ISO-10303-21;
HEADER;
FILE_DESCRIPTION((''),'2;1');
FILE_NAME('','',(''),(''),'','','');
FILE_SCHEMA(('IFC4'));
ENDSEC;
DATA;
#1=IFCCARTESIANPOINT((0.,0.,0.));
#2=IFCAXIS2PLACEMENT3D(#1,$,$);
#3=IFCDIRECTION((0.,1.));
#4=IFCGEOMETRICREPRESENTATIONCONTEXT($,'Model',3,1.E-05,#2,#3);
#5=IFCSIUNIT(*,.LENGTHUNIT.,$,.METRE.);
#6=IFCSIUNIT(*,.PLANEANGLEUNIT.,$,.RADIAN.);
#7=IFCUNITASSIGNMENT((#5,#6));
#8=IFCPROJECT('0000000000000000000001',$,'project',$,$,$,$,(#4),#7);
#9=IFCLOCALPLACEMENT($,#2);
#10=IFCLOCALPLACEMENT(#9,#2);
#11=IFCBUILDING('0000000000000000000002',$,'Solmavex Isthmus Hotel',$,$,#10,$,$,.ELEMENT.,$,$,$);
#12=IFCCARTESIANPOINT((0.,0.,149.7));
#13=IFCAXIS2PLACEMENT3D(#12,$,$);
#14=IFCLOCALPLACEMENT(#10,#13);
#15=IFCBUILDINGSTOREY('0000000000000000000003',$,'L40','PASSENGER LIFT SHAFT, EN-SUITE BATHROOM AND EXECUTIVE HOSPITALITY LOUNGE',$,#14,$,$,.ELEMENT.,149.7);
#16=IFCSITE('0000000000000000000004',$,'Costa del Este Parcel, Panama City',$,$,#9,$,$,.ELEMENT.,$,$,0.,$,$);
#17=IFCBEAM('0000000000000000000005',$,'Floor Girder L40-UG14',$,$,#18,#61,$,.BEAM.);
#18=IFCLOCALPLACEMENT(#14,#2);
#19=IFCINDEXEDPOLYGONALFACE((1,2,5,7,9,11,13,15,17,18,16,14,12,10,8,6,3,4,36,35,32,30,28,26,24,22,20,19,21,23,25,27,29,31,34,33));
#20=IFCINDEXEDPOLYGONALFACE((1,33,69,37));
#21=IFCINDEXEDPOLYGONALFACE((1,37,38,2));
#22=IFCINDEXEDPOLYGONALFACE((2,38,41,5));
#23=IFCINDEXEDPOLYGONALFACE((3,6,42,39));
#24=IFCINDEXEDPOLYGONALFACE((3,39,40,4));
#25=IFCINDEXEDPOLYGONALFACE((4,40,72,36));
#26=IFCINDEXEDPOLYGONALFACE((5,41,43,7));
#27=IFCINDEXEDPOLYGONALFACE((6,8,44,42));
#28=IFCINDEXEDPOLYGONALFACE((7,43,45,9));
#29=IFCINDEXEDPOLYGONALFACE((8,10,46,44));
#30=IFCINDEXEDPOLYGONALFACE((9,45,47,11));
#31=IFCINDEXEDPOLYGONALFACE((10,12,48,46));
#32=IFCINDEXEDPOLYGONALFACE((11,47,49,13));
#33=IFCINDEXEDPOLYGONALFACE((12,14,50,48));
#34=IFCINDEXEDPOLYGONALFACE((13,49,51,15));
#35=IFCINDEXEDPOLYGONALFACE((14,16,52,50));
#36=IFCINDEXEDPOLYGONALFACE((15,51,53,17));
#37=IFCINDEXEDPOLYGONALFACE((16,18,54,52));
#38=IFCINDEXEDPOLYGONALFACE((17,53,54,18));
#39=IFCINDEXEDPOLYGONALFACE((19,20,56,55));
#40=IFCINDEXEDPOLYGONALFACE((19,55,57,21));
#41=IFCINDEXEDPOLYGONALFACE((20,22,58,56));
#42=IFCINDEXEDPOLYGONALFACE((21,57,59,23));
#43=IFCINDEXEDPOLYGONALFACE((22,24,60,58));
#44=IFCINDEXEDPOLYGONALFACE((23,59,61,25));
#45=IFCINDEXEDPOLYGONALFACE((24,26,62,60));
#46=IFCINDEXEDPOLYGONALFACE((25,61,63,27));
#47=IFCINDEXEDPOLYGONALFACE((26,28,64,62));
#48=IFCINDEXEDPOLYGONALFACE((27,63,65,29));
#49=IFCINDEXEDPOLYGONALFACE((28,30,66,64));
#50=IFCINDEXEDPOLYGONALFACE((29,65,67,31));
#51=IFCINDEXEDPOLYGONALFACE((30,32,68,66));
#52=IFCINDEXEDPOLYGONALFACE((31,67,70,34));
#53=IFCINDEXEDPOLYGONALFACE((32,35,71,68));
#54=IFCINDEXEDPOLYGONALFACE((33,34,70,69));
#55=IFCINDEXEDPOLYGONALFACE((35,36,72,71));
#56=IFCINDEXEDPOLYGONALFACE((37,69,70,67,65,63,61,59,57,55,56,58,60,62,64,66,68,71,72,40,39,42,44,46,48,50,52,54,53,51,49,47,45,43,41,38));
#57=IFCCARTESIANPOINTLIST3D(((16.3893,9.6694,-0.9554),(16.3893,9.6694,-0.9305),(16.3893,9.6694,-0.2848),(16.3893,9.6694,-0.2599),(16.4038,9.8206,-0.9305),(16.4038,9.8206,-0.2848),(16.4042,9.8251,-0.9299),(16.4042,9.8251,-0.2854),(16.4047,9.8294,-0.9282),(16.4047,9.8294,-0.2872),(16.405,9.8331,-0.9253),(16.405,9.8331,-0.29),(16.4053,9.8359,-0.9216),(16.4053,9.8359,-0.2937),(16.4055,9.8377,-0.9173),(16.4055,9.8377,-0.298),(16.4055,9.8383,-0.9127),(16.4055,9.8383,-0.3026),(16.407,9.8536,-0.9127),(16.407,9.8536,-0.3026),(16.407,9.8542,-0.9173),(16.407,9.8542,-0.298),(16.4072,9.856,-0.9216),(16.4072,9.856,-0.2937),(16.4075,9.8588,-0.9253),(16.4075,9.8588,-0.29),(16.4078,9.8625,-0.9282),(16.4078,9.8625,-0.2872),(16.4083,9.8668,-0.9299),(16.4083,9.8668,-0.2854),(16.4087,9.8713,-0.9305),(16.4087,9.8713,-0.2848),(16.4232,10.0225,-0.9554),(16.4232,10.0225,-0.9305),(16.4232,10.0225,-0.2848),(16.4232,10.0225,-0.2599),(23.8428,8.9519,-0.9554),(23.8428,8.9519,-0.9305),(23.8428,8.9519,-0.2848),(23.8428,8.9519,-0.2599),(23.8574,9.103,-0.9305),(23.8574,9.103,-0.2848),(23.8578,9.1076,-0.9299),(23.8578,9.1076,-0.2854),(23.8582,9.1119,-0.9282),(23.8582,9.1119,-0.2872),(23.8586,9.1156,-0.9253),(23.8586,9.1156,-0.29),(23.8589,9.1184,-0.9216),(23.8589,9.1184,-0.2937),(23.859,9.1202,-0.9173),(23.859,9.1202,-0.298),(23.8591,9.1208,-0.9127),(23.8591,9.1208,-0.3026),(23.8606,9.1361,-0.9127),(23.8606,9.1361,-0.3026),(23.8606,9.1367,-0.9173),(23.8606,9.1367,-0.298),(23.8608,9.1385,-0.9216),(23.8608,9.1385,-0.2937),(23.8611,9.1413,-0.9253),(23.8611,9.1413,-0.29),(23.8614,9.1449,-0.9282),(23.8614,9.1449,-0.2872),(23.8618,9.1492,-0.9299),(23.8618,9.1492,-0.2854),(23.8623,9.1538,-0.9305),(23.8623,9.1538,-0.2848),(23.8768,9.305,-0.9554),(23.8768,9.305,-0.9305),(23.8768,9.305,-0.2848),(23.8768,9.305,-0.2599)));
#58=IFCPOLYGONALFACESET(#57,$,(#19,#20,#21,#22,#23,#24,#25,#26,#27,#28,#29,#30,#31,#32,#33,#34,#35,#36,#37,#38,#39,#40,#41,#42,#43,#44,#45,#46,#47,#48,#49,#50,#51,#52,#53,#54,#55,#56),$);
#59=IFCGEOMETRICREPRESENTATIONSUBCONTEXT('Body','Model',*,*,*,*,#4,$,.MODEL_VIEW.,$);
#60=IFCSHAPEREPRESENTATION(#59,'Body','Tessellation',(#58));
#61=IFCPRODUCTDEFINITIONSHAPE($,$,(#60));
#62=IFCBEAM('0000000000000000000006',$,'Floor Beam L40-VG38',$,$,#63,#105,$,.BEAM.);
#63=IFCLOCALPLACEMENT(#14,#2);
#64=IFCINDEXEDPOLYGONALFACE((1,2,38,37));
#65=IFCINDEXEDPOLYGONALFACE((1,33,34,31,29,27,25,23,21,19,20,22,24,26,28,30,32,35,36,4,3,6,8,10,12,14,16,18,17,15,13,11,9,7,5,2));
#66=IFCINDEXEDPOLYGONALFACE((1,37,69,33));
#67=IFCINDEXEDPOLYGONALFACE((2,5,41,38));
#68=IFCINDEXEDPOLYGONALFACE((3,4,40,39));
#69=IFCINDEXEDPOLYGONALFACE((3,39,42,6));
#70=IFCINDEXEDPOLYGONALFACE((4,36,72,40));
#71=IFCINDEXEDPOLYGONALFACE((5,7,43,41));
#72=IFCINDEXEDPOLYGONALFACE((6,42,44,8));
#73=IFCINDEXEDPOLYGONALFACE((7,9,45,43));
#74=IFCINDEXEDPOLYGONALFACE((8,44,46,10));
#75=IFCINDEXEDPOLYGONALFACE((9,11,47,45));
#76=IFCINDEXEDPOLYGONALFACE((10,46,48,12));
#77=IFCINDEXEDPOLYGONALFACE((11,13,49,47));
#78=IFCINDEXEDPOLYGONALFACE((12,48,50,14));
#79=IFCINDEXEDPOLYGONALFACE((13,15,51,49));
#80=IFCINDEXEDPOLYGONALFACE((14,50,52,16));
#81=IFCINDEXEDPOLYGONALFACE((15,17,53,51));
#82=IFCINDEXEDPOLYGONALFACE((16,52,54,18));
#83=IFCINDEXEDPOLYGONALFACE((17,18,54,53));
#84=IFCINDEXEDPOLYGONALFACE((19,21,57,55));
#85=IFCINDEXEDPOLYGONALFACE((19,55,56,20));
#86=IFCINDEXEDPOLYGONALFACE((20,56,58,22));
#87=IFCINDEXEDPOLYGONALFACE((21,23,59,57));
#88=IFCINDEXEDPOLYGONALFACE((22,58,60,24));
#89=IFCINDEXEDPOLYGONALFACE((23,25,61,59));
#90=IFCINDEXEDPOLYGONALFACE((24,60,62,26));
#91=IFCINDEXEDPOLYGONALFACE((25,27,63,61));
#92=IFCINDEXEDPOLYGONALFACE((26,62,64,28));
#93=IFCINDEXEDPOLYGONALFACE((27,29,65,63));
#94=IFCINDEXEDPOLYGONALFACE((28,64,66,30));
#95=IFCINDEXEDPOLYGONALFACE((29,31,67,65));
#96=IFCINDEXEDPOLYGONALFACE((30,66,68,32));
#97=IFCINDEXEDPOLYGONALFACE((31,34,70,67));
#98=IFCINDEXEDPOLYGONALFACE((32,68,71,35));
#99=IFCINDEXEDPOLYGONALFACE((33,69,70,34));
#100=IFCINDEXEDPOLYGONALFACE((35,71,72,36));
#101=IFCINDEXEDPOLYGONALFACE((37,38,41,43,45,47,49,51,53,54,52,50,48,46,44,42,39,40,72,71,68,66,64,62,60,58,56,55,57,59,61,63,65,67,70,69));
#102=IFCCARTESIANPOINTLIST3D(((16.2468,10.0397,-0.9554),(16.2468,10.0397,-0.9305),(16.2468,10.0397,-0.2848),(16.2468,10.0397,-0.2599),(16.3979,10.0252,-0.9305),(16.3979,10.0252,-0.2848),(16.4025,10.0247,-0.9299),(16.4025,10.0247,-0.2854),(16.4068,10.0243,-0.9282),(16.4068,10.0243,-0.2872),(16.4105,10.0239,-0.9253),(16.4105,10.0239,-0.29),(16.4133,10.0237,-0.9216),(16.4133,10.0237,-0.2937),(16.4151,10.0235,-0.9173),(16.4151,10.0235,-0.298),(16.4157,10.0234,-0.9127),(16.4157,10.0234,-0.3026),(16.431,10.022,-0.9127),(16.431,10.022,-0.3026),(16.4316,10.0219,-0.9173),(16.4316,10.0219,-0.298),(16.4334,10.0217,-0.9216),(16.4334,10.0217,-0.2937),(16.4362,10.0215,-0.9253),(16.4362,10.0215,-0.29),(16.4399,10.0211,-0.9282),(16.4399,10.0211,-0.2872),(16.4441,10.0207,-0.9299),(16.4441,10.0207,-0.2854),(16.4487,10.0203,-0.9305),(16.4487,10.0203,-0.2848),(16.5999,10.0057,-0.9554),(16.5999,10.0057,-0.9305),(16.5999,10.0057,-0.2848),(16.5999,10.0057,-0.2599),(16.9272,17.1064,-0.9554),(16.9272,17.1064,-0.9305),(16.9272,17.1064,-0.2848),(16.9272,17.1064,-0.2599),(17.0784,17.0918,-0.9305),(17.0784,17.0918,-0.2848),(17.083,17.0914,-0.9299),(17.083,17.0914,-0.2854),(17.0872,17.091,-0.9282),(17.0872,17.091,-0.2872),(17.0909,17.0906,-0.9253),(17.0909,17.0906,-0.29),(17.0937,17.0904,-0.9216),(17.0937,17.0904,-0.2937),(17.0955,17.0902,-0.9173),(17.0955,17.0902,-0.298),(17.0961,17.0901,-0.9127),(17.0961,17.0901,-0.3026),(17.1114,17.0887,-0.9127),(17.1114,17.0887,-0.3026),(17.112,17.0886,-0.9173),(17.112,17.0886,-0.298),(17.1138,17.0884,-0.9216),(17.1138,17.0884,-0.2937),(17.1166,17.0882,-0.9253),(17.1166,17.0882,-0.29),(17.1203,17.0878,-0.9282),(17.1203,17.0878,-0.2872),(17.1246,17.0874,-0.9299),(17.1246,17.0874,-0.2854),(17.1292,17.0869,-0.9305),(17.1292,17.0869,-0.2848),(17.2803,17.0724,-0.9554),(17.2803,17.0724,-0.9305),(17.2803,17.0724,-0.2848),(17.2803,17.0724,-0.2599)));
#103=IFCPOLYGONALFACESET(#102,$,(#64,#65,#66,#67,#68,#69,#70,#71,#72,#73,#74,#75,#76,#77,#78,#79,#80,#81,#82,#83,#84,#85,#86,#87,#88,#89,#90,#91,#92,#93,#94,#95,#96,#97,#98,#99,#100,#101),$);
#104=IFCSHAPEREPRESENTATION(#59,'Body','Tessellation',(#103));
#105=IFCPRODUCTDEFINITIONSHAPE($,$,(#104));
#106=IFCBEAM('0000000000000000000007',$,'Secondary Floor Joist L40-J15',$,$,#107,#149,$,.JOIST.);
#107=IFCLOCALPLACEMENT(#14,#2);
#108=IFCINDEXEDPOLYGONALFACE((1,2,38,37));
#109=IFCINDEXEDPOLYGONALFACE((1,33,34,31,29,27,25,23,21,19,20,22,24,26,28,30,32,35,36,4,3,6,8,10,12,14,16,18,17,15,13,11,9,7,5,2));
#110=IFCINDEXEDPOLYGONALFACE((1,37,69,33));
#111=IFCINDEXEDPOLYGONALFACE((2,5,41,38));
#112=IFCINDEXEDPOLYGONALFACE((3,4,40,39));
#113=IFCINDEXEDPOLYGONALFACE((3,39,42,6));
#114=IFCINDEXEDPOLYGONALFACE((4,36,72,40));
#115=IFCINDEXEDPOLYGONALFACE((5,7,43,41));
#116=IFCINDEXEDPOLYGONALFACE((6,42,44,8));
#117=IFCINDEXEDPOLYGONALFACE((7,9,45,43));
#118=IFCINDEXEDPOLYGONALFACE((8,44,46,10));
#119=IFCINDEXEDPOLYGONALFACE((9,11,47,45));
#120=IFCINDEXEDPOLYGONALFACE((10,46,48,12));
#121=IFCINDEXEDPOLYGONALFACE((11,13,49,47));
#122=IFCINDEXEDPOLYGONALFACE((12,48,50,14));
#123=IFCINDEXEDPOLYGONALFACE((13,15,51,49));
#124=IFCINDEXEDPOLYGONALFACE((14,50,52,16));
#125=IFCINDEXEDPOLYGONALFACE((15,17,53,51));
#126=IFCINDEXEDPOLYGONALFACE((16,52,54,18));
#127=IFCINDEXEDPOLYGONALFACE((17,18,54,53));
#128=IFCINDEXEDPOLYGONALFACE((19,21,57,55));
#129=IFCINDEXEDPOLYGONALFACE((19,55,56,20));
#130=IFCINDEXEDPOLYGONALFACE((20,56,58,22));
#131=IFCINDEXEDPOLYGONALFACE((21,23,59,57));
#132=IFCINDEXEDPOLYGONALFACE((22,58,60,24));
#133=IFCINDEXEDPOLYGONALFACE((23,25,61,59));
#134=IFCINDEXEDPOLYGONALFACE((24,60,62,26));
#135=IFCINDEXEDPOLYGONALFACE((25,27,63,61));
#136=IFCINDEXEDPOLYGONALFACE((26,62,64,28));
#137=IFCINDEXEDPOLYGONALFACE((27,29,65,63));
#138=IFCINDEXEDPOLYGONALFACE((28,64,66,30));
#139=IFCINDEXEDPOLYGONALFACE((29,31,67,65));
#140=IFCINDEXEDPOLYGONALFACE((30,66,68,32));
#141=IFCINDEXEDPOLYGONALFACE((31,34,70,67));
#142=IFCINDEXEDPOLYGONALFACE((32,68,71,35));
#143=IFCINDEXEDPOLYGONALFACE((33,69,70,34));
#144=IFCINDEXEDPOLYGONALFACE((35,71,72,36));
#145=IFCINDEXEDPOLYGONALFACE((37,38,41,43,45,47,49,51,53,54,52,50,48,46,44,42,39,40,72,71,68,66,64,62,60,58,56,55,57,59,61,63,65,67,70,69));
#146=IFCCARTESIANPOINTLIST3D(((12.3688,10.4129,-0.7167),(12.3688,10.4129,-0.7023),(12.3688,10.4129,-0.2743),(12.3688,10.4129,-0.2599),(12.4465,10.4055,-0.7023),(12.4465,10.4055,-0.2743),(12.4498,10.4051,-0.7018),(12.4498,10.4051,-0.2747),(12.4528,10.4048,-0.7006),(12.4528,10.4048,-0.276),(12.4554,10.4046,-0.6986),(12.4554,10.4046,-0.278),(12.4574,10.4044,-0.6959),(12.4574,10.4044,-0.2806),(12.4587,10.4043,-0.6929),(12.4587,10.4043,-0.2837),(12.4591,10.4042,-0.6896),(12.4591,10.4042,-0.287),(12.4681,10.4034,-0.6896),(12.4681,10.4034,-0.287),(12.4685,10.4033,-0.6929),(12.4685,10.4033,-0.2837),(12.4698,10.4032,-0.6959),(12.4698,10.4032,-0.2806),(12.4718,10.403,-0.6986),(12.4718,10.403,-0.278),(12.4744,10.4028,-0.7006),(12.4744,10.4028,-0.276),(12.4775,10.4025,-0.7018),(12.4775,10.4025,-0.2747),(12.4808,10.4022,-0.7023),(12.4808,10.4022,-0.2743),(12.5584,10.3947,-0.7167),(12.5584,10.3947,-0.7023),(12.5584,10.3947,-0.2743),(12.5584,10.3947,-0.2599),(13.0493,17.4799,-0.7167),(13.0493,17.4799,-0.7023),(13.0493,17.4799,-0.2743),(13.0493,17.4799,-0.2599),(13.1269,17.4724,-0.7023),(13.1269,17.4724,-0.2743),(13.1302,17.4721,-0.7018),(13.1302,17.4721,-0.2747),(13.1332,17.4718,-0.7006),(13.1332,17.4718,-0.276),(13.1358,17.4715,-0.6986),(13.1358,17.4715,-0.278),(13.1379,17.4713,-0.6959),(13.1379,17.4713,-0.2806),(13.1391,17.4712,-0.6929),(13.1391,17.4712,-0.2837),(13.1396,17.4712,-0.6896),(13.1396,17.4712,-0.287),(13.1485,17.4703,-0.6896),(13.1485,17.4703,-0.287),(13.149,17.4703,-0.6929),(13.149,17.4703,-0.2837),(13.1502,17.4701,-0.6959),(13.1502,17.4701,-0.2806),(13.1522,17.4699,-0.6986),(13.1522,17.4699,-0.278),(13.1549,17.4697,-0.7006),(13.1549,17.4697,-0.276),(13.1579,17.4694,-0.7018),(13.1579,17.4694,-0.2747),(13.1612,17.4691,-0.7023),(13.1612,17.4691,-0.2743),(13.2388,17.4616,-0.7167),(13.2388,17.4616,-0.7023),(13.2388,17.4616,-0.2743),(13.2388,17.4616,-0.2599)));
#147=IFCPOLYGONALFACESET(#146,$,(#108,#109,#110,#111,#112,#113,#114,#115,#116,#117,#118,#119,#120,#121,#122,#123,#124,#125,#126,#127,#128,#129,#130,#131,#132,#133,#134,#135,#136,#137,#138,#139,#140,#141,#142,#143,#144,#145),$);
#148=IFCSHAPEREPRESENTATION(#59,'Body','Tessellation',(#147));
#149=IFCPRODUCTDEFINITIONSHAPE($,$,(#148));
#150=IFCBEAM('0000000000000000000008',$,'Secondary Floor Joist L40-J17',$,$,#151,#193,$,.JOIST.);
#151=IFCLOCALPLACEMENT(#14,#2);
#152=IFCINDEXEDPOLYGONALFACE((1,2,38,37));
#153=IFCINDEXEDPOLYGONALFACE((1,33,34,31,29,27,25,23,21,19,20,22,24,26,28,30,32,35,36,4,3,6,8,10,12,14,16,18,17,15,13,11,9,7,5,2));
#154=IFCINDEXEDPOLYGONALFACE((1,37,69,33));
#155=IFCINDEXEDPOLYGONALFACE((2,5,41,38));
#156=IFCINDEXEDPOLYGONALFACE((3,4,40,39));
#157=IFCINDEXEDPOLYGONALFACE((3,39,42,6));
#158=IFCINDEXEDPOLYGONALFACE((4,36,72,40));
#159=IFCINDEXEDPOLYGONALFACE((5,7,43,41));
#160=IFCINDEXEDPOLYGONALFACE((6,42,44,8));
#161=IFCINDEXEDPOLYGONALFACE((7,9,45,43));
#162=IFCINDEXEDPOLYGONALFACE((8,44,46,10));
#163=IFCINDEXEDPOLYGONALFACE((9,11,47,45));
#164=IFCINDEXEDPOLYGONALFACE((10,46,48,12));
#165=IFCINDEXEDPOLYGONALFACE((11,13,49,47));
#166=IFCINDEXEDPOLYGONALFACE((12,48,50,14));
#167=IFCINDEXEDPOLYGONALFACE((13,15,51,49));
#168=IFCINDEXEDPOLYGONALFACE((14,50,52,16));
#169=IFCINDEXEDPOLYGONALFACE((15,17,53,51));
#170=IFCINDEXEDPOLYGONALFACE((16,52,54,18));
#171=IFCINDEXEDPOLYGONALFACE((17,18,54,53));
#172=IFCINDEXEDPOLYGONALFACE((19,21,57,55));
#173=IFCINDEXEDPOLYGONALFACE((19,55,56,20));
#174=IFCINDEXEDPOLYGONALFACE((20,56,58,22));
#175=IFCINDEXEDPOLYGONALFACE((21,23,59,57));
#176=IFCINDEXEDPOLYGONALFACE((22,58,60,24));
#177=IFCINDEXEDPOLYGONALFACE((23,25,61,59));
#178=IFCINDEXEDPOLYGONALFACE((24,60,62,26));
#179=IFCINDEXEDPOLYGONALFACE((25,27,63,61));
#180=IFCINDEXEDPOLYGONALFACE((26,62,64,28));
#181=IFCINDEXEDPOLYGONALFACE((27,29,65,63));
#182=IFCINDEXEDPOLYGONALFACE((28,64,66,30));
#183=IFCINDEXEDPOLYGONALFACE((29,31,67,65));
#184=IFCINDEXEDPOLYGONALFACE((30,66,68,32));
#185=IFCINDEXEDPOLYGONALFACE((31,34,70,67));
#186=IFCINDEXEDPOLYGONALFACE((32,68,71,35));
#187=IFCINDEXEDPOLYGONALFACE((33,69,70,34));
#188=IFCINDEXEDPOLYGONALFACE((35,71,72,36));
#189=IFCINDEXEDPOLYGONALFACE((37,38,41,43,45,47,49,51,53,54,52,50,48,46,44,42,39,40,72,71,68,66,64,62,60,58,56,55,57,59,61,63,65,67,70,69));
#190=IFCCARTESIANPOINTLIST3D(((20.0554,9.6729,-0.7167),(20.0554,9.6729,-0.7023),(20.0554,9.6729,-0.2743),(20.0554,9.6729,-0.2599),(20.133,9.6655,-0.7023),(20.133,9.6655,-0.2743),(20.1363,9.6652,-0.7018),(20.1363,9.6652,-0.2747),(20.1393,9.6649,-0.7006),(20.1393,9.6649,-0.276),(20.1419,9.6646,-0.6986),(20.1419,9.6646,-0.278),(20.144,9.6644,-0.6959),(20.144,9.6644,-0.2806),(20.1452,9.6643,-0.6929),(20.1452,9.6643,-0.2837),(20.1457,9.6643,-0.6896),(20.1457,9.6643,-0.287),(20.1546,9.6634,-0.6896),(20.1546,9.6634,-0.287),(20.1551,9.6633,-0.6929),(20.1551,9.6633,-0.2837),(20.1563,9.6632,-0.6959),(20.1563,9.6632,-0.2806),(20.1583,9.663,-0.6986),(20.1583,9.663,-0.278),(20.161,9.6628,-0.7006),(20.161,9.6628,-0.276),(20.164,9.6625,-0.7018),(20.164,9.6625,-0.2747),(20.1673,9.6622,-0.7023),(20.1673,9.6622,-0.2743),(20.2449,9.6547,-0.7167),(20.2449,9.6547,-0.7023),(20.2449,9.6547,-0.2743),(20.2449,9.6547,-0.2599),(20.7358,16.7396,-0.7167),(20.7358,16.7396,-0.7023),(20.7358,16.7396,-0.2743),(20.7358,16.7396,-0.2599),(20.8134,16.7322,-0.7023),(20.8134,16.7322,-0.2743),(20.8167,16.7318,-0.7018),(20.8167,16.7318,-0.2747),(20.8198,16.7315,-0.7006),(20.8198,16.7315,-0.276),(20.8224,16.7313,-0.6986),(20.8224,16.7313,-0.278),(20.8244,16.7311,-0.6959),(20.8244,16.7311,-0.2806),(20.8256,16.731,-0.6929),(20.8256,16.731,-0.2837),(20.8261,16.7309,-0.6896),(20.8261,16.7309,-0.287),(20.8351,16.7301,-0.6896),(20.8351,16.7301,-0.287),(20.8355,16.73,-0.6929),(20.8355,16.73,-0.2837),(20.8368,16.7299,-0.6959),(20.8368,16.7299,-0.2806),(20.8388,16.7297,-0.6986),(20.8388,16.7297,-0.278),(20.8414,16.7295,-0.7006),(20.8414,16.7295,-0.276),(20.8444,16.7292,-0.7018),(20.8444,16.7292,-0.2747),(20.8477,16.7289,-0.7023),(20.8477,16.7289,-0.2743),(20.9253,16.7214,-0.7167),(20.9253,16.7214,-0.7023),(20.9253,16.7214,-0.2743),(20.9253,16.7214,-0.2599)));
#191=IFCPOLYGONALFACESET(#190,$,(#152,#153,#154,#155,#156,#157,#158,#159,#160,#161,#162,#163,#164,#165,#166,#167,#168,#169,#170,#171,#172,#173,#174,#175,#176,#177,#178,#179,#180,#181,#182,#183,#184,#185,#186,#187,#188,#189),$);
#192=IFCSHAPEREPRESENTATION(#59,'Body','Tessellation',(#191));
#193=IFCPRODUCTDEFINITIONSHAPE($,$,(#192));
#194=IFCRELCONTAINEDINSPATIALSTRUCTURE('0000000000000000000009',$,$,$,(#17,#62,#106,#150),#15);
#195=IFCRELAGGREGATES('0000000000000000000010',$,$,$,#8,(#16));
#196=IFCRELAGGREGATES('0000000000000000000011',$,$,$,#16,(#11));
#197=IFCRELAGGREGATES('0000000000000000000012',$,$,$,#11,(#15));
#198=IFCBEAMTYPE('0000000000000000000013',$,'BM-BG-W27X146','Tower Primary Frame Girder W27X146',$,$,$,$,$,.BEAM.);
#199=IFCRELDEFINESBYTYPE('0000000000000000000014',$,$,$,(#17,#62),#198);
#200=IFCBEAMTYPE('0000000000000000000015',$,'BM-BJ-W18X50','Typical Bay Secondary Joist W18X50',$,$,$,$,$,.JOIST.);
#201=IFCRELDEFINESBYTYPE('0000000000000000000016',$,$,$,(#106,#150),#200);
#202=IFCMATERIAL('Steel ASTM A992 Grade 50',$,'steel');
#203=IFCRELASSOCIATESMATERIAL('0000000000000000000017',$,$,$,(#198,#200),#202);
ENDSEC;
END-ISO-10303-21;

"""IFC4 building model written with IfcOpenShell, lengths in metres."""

from ifc_helpers import new_model, si_unit, direction, frame, origin, origin_2d, place, context, subcontext, project, spatial, i_section, extrude, material, material_profile, profile_set, type_object, element, save


model = new_model("IFC4")

# Units and contexts
model_context = context("Model", 3, precision=1e-05, world=origin(), true_north=direction((0.0, 1.0)))
body_context = subcontext(model_context, "Body", "Model", "MODEL_VIEW")
ifc_project = project(units=[si_unit("LENGTHUNIT", "METRE"), si_unit("PLANEANGLEUNIT", "RADIAN")], contexts=[model_context])

# Site, building, storey
site_placement = place(None, origin())
site = spatial("IfcSite", under=ifc_project, at=site_placement, Name="Costa del Este Parcel, Panama City", CompositionType="ELEMENT", RefElevation=0.0)
building_placement = place(site_placement, origin())
building = spatial("IfcBuilding", under=site, at=building_placement, Name="Solmavex Isthmus Hotel", CompositionType="ELEMENT")
storey_placement = place(building_placement, frame((0.0, 0.0, 149.7)))
storey = spatial("IfcBuildingStorey", under=building, at=storey_placement, Name="L40", Description="PASSENGER LIFT SHAFT, EN-SUITE BATHROOM AND EXECUTIVE HOSPITALITY LOUNGE", CompositionType="ELEMENT", Elevation=149.7)

# Beams
ifc_material_1 = material(Name="Steel ASTM A992 Grade 50", Category="steel")
ifc_material_profile_1 = material_profile(ifc_material_1, i_section(OverallWidth=0.3547, OverallDepth=0.6956, WebThickness=0.0154, FlangeThickness=0.0249, FilletRadius=0.0178, at=origin_2d()), Name="W27X146")
ifc_profile_set_1 = profile_set([ifc_material_profile_1], Name="Steel ASTM A992 Grade 50")
beam_type_1 = type_object("IfcBeamType", Name="BM-BG-W27X146", Description="Tower Primary Frame Girder W27X146", PredefinedType="BEAM", material=ifc_profile_set_1)
beam_1_placement = place(storey_placement, frame((16.4062, 9.8459, -0.6077), z_axis=(0.995398, -0.095823, 0.0), x_axis=(0.095823, 0.995398, 0.0)))
element("IfcBeam", 1, at=beam_1_placement, inside=storey, type_object=beam_type_1, Name="Floor Girder L40-UG14", PredefinedType="BEAM", context=body_context, shape_type="SweptSolid", body=[
    extrude(i_section(OverallWidth=0.3547, OverallDepth=0.6956, WebThickness=0.0154, FlangeThickness=0.0249, FilletRadius=0.0178, at=origin_2d()), origin(), (0.0, 0.0, 1.0), 7.488),
])
beam_2_placement = place(storey_placement, frame((16.4233, 10.0227, -0.6077), z_axis=(0.095843, 0.995396, 0.0), x_axis=(-0.995396, 0.095843, 0.0)))
element("IfcBeam", 2, at=beam_2_placement, inside=storey, type_object=beam_type_1, Name="Floor Beam L40-VG38", PredefinedType="BEAM", context=body_context, shape_type="SweptSolid", body=[
    extrude(i_section(OverallWidth=0.3547, OverallDepth=0.6956, WebThickness=0.0154, FlangeThickness=0.0249, FilletRadius=0.0178, at=origin_2d()), origin(), (0.0, 0.0, 1.0), 7.0994),
])
ifc_material_profile_2 = material_profile(ifc_material_1, i_section(OverallWidth=0.1904, OverallDepth=0.4568, WebThickness=0.009, FlangeThickness=0.0144, FilletRadius=0.0127, at=origin_2d()), Name="W18X50")
ifc_profile_set_2 = profile_set([ifc_material_profile_2], Name="Steel ASTM A992 Grade 50")
beam_type_2 = type_object("IfcBeamType", Name="BM-BJ-W18X50", Description="Typical Bay Secondary Joist W18X50", PredefinedType="JOIST", material=ifc_profile_set_2)
beam_3_placement = place(storey_placement, frame((12.4636, 10.4038, -0.4883), z_axis=(0.09584, 0.995397, 0.0), x_axis=(-0.995397, 0.09584, 0.0)))
element("IfcBeam", 3, at=beam_3_placement, inside=storey, type_object=beam_type_2, Name="Secondary Floor Joist L40-J15", PredefinedType="JOIST", context=body_context, shape_type="SweptSolid", body=[
    extrude(i_section(OverallWidth=0.1904, OverallDepth=0.4568, WebThickness=0.009, FlangeThickness=0.0144, FilletRadius=0.0127, at=origin_2d()), origin(), (0.0, 0.0, 1.0), 7.0996),
])
beam_4_placement = place(storey_placement, frame((20.1501, 9.6638, -0.4883), z_axis=(0.095843, 0.995396, 0.0), x_axis=(-0.995396, 0.095843, 0.0)))
element("IfcBeam", 4, at=beam_4_placement, inside=storey, type_object=beam_type_2, Name="Secondary Floor Joist L40-J17", PredefinedType="JOIST", context=body_context, shape_type="SweptSolid", body=[
    extrude(i_section(OverallWidth=0.1904, OverallDepth=0.4568, WebThickness=0.009, FlangeThickness=0.0144, FilletRadius=0.0127, at=origin_2d()), origin(), (0.0, 0.0, 1.0), 7.0994),
])

save(model, "model.ifc")
